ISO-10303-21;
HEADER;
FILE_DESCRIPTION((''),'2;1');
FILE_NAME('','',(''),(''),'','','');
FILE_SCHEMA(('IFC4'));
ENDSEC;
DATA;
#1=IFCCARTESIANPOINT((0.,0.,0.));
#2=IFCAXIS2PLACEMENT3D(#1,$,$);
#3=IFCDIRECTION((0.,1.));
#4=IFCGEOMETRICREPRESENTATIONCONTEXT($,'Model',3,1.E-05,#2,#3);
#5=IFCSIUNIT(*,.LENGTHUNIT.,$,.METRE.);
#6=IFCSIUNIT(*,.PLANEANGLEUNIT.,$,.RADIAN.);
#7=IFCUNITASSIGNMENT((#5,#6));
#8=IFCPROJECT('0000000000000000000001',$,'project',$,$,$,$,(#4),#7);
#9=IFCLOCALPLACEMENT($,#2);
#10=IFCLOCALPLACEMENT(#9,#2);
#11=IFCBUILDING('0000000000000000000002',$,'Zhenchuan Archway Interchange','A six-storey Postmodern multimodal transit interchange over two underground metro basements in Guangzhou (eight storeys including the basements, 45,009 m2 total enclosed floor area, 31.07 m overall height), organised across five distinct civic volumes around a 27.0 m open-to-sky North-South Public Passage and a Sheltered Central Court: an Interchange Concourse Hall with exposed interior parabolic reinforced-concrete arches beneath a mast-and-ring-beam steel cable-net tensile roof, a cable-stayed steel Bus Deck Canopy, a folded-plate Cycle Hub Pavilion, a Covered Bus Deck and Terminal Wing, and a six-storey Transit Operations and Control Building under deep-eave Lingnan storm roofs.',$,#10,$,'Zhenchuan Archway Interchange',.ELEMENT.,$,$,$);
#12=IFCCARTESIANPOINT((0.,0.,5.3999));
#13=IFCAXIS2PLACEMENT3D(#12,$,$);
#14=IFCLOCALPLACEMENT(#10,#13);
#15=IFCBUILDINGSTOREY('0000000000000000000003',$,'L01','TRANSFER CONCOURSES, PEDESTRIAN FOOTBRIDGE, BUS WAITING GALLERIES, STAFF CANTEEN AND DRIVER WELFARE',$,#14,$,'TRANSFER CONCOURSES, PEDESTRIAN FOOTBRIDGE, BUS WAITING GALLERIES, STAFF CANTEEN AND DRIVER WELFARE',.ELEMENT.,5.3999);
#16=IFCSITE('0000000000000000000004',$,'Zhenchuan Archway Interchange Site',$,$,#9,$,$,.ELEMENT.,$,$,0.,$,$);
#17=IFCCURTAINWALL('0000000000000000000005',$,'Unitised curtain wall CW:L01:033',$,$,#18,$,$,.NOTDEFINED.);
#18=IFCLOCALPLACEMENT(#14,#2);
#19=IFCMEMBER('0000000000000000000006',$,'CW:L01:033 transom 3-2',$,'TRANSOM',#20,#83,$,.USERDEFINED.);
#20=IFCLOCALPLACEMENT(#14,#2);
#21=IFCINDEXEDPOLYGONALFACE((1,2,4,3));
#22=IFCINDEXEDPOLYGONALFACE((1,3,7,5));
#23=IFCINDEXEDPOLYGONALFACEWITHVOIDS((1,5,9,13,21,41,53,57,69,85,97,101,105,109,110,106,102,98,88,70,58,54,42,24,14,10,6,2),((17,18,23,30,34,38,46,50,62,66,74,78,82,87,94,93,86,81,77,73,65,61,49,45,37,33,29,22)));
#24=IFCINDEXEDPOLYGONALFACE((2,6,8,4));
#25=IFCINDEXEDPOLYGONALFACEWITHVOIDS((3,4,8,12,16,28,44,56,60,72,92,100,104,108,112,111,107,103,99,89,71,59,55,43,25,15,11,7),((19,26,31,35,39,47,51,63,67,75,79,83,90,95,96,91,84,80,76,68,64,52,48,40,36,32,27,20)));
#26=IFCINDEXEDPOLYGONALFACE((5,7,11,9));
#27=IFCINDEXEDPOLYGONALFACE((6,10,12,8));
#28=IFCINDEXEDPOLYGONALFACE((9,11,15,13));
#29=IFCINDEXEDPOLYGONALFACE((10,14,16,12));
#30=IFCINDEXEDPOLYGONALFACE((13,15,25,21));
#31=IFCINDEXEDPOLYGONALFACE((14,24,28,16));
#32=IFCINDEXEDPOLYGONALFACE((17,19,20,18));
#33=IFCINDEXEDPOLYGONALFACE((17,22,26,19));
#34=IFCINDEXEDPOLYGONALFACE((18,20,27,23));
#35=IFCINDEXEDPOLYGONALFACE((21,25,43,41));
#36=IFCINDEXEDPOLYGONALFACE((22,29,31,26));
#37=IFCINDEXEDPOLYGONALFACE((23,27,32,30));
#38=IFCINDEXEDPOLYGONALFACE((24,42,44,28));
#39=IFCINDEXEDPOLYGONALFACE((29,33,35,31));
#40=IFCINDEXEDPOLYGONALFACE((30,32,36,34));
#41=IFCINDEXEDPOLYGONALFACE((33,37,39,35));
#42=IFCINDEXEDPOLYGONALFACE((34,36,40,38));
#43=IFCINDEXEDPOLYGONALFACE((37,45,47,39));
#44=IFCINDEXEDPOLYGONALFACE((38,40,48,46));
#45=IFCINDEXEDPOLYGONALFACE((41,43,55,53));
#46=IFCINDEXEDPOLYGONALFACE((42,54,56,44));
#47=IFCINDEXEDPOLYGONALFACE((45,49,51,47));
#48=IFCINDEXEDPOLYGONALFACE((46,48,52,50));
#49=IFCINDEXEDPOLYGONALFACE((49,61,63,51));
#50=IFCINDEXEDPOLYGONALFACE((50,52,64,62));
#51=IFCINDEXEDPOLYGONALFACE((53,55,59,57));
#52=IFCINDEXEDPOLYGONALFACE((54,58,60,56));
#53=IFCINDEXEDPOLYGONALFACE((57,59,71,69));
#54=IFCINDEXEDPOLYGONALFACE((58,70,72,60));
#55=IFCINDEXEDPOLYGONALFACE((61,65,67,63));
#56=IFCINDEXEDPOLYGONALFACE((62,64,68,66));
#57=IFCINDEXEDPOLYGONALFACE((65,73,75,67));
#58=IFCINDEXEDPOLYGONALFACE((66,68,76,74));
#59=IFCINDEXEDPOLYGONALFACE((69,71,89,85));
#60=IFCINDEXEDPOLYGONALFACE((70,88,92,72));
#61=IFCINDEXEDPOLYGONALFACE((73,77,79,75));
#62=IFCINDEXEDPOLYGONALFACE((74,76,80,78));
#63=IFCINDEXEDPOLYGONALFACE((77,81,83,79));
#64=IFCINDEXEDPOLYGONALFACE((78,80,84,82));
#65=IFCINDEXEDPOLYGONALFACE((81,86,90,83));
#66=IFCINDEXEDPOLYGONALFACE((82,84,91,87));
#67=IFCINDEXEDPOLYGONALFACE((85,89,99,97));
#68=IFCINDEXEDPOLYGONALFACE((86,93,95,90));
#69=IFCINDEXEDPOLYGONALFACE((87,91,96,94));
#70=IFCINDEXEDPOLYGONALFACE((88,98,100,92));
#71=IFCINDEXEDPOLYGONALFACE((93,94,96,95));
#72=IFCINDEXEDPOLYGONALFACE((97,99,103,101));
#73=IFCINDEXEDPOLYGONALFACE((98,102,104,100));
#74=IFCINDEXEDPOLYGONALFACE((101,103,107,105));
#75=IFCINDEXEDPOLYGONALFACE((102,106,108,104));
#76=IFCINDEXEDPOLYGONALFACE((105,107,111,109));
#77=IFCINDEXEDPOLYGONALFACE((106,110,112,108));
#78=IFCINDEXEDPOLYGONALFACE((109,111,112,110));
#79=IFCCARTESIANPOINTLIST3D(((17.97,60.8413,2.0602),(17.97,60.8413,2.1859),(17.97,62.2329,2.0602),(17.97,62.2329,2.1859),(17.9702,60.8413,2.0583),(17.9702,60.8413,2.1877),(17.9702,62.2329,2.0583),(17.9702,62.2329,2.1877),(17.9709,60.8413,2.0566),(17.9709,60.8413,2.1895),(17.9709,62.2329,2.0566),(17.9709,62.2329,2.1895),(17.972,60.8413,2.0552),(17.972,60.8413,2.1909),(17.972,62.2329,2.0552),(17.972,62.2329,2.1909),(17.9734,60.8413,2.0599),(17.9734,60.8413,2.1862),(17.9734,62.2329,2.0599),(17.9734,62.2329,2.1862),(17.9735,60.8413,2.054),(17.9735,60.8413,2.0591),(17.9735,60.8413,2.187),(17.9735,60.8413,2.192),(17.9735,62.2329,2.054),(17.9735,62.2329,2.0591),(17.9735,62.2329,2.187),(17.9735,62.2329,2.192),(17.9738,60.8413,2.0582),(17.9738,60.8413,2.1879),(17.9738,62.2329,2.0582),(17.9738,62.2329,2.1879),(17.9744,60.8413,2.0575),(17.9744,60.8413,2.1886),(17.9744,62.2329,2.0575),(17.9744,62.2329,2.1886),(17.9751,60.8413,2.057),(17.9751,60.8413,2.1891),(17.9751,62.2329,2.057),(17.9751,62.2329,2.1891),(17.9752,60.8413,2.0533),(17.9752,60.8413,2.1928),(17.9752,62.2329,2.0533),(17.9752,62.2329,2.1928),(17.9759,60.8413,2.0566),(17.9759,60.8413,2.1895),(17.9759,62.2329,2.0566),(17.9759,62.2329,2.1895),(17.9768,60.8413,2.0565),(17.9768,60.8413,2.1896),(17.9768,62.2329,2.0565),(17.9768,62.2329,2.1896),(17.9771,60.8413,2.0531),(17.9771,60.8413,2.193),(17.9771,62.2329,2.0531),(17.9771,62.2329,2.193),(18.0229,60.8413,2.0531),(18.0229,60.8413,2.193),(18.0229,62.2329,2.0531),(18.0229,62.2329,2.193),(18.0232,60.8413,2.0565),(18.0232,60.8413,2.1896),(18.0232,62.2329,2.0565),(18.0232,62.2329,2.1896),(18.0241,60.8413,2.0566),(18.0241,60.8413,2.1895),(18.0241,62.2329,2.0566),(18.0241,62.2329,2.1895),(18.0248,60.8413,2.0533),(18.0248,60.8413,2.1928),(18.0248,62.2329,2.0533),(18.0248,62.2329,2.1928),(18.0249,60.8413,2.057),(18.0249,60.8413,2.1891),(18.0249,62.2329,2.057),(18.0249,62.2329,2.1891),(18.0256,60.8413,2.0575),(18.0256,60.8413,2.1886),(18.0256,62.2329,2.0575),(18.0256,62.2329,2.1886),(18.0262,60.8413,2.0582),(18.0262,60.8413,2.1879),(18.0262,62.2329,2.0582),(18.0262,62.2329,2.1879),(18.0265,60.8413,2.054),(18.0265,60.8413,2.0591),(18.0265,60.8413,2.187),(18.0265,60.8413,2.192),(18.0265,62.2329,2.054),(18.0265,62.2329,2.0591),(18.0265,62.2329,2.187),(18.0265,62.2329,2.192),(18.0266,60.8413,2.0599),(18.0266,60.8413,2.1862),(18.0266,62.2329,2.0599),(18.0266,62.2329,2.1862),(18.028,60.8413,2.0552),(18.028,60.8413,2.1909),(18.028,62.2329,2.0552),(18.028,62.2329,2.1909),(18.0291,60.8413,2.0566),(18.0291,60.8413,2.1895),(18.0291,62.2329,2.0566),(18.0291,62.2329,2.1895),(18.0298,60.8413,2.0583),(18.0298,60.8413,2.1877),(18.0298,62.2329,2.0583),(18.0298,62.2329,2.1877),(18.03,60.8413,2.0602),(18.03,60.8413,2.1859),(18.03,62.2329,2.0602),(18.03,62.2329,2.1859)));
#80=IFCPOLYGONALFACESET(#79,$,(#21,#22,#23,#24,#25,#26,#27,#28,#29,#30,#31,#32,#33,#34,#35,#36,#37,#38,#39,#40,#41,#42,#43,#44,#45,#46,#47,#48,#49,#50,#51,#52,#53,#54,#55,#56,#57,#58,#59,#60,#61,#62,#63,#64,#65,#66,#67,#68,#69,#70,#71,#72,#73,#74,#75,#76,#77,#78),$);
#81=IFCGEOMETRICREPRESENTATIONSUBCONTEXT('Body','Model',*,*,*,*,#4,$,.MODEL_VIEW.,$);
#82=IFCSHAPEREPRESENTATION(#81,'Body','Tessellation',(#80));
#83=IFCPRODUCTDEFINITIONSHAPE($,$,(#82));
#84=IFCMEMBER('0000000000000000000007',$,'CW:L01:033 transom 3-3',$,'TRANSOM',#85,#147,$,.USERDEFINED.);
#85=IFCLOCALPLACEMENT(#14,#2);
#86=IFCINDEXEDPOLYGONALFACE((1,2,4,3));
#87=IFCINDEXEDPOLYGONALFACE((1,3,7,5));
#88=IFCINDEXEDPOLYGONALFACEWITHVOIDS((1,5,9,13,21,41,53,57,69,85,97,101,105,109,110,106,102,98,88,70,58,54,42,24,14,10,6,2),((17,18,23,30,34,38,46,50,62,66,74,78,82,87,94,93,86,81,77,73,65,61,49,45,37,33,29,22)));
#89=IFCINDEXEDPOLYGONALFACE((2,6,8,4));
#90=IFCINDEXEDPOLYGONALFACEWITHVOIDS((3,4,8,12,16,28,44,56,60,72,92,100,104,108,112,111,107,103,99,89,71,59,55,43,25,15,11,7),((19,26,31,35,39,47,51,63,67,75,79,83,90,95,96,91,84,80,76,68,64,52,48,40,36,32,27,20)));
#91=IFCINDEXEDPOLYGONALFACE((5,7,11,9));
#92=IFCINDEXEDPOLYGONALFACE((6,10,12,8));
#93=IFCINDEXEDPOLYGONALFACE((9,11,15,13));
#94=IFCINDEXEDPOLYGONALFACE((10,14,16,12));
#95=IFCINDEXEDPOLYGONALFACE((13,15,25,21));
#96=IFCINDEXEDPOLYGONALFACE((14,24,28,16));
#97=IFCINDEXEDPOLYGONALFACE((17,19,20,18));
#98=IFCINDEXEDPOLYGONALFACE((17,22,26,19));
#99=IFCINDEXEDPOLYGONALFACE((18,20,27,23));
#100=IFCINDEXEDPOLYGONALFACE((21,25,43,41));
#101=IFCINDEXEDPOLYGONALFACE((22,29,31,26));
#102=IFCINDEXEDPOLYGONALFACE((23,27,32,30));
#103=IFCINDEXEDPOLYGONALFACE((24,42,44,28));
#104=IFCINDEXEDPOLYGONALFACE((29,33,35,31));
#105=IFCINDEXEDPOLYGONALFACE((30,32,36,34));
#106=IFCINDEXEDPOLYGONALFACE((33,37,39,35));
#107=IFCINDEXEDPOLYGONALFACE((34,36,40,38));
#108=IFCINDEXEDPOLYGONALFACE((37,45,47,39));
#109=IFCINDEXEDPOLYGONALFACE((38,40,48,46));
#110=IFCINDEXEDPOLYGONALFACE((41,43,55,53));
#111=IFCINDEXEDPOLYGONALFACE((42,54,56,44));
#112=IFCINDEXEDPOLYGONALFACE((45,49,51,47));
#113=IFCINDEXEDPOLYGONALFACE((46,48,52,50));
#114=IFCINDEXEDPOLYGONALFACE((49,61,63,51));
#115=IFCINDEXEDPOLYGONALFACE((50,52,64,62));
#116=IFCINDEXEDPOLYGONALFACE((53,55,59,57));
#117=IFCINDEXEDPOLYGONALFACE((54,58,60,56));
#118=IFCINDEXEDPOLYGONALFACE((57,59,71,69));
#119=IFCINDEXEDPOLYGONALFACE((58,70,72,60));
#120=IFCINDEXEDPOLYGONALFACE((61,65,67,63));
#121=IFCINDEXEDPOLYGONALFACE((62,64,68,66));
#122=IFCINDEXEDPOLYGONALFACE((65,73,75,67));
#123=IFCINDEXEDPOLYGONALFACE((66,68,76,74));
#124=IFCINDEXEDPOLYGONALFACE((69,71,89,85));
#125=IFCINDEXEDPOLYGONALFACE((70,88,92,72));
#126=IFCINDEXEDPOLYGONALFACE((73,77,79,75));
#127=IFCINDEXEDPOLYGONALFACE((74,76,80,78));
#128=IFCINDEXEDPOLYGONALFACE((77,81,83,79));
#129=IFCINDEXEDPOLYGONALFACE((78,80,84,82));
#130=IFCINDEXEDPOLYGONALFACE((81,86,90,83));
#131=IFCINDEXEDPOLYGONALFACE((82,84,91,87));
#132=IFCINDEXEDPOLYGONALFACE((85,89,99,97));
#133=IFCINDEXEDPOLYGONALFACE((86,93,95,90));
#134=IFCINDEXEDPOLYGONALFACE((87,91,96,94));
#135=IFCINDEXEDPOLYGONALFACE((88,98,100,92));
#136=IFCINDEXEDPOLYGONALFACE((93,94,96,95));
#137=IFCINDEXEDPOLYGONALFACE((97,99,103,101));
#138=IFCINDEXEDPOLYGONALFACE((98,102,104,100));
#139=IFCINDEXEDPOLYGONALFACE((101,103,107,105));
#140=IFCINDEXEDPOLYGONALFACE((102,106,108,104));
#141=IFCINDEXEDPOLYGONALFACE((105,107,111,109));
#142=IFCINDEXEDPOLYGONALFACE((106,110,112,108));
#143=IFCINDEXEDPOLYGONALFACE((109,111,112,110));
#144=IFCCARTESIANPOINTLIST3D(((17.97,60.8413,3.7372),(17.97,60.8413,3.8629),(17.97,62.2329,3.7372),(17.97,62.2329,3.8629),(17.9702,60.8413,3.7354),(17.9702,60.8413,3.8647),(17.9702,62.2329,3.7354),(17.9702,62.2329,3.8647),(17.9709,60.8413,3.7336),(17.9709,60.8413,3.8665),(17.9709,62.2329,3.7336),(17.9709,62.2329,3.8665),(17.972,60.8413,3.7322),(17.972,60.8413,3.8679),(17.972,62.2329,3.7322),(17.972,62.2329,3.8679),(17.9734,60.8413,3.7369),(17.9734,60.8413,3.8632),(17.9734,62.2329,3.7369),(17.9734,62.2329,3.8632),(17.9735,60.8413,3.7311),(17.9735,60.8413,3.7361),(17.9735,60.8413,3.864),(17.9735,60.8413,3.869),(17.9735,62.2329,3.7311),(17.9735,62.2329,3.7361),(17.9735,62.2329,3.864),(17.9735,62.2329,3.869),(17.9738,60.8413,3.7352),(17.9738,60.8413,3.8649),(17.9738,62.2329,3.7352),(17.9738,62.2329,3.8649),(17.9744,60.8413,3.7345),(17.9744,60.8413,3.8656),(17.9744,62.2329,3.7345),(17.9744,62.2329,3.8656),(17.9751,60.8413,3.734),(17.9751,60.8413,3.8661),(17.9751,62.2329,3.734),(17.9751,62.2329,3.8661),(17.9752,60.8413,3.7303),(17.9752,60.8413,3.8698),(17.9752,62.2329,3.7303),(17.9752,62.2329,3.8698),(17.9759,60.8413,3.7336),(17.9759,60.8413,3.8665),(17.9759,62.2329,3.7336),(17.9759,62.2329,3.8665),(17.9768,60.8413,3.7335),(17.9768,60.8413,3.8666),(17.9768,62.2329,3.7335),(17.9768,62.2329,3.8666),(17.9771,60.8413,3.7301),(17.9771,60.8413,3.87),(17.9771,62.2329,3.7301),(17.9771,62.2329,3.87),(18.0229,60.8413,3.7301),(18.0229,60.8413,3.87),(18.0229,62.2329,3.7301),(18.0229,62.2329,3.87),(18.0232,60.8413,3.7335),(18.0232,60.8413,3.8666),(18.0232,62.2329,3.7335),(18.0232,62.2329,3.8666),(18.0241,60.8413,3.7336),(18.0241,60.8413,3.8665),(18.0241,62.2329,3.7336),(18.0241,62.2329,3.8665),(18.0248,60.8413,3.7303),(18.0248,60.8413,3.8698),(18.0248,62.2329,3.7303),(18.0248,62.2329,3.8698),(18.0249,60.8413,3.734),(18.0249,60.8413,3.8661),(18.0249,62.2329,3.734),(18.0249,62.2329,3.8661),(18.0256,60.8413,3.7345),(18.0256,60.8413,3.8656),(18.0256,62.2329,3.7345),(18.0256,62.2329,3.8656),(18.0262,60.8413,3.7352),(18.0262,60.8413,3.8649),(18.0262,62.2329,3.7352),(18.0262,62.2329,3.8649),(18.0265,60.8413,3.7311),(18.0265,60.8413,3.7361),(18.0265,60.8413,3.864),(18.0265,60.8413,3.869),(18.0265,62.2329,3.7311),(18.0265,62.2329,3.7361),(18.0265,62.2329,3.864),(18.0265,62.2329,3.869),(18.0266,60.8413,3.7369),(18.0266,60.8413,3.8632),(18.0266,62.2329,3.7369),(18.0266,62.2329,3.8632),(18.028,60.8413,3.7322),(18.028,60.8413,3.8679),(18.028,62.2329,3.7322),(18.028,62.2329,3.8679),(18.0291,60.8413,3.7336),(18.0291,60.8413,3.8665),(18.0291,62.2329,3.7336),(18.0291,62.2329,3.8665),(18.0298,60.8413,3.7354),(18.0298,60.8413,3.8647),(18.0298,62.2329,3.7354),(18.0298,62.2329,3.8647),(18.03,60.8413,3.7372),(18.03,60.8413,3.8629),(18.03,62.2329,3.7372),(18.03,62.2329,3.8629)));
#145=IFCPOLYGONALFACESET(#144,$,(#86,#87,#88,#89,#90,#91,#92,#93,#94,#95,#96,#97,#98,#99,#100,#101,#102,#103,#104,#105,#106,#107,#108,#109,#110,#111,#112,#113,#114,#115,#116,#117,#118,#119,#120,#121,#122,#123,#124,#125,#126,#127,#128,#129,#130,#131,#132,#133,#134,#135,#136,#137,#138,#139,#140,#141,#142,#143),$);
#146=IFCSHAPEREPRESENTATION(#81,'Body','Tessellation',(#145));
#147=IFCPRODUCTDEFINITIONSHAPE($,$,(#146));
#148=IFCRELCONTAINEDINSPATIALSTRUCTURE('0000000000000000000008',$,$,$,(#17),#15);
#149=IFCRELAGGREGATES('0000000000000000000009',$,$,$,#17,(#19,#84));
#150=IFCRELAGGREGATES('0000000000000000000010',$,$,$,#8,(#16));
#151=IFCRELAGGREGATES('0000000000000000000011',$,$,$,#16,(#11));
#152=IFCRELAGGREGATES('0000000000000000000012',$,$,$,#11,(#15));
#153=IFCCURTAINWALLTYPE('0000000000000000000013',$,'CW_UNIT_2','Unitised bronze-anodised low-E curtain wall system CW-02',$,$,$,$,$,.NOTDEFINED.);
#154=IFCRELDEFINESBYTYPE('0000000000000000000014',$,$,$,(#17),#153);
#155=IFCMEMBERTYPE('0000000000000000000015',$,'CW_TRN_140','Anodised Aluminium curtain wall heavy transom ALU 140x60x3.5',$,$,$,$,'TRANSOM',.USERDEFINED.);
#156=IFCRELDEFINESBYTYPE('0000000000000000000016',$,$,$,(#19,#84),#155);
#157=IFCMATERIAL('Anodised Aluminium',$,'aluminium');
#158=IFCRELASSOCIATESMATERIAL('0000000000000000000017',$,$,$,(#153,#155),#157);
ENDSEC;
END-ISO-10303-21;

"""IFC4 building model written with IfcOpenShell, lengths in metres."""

from ifc_helpers import new_model, si_unit, direction, frame, origin, origin_2d, place, context, subcontext, project, spatial, hollow_rectangle, extrude, material, material_profile, profile_set, type_object, element, aggregate, save


model = new_model("IFC4")

# Units and contexts
model_context = context("Model", 3, precision=1e-05, world=origin(), true_north=direction((0.0, 1.0)))
body_context = subcontext(model_context, "Body", "Model", "MODEL_VIEW")
ifc_project = project(units=[si_unit("LENGTHUNIT", "METRE"), si_unit("PLANEANGLEUNIT", "RADIAN")], contexts=[model_context])

# Site, building, storey
site_placement = place(None, origin())
site = spatial("IfcSite", under=ifc_project, at=site_placement, Name="Zhenchuan Archway Interchange Site", CompositionType="ELEMENT", RefElevation=0.0)
building_placement = place(site_placement, origin())
building = spatial("IfcBuilding", under=site, at=building_placement, Name="Zhenchuan Archway Interchange", Description="A six-storey Postmodern multimodal transit interchange over two underground metro basements in Guangzhou (eight storeys including the basements, 45,009 m2 total enclosed floor area, 31.07 m overall height), organised across five distinct civic volumes around a 27.0 m open-to-sky North-South Public Passage and a Sheltered Central Court: an Interchange Concourse Hall with exposed interior parabolic reinforced-concrete arches beneath a mast-and-ring-beam steel cable-net tensile roof, a cable-stayed steel Bus Deck Canopy, a folded-plate Cycle Hub Pavilion, a Covered Bus Deck and Terminal Wing, and a six-storey Transit Operations and Control Building under deep-eave Lingnan storm roofs.", LongName="Zhenchuan Archway Interchange", CompositionType="ELEMENT")
storey_placement = place(building_placement, frame((0.0, 0.0, 5.3999)))
storey = spatial("IfcBuildingStorey", under=building, at=storey_placement, Name="L01", Description="TRANSFER CONCOURSES, PEDESTRIAN FOOTBRIDGE, BUS WAITING GALLERIES, STAFF CANTEEN AND DRIVER WELFARE", LongName="TRANSFER CONCOURSES, PEDESTRIAN FOOTBRIDGE, BUS WAITING GALLERIES, STAFF CANTEEN AND DRIVER WELFARE", CompositionType="ELEMENT", Elevation=5.3999)

# Curtain wall
ifc_material_1 = material(Name="Anodised Aluminium", Category="aluminium")
curtain_wall_type_1 = type_object("IfcCurtainWallType", Name="CW_UNIT_2", Description="Unitised bronze-anodised low-E curtain wall system CW-02", PredefinedType="NOTDEFINED", material=ifc_material_1)
curtain_wall_1_placement = place(storey_placement, origin())
curtain_wall_1 = element("IfcCurtainWall", 1, at=curtain_wall_1_placement, inside=storey, type_object=curtain_wall_type_1, Name="Unitised curtain wall CW:L01:033", PredefinedType="NOTDEFINED")

# Members
ifc_material_profile_1 = material_profile(ifc_material_1, hollow_rectangle(XDim=0.0601, YDim=0.1399, WallThickness=0.0034, InnerFilletRadius=0.0034, OuterFilletRadius=0.0071, at=origin_2d()), Name="ALU 140x60x3.5")
ifc_profile_set_1 = profile_set([ifc_material_profile_1], Name="Anodised Aluminium")
member_type_1 = type_object("IfcMemberType", Name="CW_TRN_140", Description="Anodised Aluminium curtain wall heavy transom ALU 140x60x3.5", ElementType="TRANSOM", PredefinedType="USERDEFINED", material=ifc_profile_set_1)
member_1_placement = place(storey_placement, frame((18.0, 60.8413, 2.123), z_axis=(0.0, 1.0, 0.0), x_axis=(-1.0, 0.0, 0.0)))
member_1 = element("IfcMember", 2, at=member_1_placement, type_object=member_type_1, Name="CW:L01:033 transom 3-2", ObjectType="TRANSOM", PredefinedType="USERDEFINED", context=body_context, shape_type="SweptSolid", body=[
    extrude(hollow_rectangle(XDim=0.0601, YDim=0.1399, WallThickness=0.0034, InnerFilletRadius=0.0034, OuterFilletRadius=0.0071, at=origin_2d()), origin(), (0.0, 0.0, 1.0), 1.3916),
])
member_2_placement = place(storey_placement, frame((18.0, 60.8413, 3.8), z_axis=(0.0, 1.0, 0.0), x_axis=(-1.0, 0.0, 0.0)))
member_2 = element("IfcMember", 3, at=member_2_placement, type_object=member_type_1, Name="CW:L01:033 transom 3-3", ObjectType="TRANSOM", PredefinedType="USERDEFINED", context=body_context, shape_type="SweptSolid", body=[
    extrude(hollow_rectangle(XDim=0.0601, YDim=0.1399, WallThickness=0.0034, InnerFilletRadius=0.0034, OuterFilletRadius=0.0071, at=origin_2d()), origin(), (0.0, 0.0, 1.0), 1.3916),
])

aggregate(curtain_wall_1, [member_1, member_2])

save(model, "model.ifc")
